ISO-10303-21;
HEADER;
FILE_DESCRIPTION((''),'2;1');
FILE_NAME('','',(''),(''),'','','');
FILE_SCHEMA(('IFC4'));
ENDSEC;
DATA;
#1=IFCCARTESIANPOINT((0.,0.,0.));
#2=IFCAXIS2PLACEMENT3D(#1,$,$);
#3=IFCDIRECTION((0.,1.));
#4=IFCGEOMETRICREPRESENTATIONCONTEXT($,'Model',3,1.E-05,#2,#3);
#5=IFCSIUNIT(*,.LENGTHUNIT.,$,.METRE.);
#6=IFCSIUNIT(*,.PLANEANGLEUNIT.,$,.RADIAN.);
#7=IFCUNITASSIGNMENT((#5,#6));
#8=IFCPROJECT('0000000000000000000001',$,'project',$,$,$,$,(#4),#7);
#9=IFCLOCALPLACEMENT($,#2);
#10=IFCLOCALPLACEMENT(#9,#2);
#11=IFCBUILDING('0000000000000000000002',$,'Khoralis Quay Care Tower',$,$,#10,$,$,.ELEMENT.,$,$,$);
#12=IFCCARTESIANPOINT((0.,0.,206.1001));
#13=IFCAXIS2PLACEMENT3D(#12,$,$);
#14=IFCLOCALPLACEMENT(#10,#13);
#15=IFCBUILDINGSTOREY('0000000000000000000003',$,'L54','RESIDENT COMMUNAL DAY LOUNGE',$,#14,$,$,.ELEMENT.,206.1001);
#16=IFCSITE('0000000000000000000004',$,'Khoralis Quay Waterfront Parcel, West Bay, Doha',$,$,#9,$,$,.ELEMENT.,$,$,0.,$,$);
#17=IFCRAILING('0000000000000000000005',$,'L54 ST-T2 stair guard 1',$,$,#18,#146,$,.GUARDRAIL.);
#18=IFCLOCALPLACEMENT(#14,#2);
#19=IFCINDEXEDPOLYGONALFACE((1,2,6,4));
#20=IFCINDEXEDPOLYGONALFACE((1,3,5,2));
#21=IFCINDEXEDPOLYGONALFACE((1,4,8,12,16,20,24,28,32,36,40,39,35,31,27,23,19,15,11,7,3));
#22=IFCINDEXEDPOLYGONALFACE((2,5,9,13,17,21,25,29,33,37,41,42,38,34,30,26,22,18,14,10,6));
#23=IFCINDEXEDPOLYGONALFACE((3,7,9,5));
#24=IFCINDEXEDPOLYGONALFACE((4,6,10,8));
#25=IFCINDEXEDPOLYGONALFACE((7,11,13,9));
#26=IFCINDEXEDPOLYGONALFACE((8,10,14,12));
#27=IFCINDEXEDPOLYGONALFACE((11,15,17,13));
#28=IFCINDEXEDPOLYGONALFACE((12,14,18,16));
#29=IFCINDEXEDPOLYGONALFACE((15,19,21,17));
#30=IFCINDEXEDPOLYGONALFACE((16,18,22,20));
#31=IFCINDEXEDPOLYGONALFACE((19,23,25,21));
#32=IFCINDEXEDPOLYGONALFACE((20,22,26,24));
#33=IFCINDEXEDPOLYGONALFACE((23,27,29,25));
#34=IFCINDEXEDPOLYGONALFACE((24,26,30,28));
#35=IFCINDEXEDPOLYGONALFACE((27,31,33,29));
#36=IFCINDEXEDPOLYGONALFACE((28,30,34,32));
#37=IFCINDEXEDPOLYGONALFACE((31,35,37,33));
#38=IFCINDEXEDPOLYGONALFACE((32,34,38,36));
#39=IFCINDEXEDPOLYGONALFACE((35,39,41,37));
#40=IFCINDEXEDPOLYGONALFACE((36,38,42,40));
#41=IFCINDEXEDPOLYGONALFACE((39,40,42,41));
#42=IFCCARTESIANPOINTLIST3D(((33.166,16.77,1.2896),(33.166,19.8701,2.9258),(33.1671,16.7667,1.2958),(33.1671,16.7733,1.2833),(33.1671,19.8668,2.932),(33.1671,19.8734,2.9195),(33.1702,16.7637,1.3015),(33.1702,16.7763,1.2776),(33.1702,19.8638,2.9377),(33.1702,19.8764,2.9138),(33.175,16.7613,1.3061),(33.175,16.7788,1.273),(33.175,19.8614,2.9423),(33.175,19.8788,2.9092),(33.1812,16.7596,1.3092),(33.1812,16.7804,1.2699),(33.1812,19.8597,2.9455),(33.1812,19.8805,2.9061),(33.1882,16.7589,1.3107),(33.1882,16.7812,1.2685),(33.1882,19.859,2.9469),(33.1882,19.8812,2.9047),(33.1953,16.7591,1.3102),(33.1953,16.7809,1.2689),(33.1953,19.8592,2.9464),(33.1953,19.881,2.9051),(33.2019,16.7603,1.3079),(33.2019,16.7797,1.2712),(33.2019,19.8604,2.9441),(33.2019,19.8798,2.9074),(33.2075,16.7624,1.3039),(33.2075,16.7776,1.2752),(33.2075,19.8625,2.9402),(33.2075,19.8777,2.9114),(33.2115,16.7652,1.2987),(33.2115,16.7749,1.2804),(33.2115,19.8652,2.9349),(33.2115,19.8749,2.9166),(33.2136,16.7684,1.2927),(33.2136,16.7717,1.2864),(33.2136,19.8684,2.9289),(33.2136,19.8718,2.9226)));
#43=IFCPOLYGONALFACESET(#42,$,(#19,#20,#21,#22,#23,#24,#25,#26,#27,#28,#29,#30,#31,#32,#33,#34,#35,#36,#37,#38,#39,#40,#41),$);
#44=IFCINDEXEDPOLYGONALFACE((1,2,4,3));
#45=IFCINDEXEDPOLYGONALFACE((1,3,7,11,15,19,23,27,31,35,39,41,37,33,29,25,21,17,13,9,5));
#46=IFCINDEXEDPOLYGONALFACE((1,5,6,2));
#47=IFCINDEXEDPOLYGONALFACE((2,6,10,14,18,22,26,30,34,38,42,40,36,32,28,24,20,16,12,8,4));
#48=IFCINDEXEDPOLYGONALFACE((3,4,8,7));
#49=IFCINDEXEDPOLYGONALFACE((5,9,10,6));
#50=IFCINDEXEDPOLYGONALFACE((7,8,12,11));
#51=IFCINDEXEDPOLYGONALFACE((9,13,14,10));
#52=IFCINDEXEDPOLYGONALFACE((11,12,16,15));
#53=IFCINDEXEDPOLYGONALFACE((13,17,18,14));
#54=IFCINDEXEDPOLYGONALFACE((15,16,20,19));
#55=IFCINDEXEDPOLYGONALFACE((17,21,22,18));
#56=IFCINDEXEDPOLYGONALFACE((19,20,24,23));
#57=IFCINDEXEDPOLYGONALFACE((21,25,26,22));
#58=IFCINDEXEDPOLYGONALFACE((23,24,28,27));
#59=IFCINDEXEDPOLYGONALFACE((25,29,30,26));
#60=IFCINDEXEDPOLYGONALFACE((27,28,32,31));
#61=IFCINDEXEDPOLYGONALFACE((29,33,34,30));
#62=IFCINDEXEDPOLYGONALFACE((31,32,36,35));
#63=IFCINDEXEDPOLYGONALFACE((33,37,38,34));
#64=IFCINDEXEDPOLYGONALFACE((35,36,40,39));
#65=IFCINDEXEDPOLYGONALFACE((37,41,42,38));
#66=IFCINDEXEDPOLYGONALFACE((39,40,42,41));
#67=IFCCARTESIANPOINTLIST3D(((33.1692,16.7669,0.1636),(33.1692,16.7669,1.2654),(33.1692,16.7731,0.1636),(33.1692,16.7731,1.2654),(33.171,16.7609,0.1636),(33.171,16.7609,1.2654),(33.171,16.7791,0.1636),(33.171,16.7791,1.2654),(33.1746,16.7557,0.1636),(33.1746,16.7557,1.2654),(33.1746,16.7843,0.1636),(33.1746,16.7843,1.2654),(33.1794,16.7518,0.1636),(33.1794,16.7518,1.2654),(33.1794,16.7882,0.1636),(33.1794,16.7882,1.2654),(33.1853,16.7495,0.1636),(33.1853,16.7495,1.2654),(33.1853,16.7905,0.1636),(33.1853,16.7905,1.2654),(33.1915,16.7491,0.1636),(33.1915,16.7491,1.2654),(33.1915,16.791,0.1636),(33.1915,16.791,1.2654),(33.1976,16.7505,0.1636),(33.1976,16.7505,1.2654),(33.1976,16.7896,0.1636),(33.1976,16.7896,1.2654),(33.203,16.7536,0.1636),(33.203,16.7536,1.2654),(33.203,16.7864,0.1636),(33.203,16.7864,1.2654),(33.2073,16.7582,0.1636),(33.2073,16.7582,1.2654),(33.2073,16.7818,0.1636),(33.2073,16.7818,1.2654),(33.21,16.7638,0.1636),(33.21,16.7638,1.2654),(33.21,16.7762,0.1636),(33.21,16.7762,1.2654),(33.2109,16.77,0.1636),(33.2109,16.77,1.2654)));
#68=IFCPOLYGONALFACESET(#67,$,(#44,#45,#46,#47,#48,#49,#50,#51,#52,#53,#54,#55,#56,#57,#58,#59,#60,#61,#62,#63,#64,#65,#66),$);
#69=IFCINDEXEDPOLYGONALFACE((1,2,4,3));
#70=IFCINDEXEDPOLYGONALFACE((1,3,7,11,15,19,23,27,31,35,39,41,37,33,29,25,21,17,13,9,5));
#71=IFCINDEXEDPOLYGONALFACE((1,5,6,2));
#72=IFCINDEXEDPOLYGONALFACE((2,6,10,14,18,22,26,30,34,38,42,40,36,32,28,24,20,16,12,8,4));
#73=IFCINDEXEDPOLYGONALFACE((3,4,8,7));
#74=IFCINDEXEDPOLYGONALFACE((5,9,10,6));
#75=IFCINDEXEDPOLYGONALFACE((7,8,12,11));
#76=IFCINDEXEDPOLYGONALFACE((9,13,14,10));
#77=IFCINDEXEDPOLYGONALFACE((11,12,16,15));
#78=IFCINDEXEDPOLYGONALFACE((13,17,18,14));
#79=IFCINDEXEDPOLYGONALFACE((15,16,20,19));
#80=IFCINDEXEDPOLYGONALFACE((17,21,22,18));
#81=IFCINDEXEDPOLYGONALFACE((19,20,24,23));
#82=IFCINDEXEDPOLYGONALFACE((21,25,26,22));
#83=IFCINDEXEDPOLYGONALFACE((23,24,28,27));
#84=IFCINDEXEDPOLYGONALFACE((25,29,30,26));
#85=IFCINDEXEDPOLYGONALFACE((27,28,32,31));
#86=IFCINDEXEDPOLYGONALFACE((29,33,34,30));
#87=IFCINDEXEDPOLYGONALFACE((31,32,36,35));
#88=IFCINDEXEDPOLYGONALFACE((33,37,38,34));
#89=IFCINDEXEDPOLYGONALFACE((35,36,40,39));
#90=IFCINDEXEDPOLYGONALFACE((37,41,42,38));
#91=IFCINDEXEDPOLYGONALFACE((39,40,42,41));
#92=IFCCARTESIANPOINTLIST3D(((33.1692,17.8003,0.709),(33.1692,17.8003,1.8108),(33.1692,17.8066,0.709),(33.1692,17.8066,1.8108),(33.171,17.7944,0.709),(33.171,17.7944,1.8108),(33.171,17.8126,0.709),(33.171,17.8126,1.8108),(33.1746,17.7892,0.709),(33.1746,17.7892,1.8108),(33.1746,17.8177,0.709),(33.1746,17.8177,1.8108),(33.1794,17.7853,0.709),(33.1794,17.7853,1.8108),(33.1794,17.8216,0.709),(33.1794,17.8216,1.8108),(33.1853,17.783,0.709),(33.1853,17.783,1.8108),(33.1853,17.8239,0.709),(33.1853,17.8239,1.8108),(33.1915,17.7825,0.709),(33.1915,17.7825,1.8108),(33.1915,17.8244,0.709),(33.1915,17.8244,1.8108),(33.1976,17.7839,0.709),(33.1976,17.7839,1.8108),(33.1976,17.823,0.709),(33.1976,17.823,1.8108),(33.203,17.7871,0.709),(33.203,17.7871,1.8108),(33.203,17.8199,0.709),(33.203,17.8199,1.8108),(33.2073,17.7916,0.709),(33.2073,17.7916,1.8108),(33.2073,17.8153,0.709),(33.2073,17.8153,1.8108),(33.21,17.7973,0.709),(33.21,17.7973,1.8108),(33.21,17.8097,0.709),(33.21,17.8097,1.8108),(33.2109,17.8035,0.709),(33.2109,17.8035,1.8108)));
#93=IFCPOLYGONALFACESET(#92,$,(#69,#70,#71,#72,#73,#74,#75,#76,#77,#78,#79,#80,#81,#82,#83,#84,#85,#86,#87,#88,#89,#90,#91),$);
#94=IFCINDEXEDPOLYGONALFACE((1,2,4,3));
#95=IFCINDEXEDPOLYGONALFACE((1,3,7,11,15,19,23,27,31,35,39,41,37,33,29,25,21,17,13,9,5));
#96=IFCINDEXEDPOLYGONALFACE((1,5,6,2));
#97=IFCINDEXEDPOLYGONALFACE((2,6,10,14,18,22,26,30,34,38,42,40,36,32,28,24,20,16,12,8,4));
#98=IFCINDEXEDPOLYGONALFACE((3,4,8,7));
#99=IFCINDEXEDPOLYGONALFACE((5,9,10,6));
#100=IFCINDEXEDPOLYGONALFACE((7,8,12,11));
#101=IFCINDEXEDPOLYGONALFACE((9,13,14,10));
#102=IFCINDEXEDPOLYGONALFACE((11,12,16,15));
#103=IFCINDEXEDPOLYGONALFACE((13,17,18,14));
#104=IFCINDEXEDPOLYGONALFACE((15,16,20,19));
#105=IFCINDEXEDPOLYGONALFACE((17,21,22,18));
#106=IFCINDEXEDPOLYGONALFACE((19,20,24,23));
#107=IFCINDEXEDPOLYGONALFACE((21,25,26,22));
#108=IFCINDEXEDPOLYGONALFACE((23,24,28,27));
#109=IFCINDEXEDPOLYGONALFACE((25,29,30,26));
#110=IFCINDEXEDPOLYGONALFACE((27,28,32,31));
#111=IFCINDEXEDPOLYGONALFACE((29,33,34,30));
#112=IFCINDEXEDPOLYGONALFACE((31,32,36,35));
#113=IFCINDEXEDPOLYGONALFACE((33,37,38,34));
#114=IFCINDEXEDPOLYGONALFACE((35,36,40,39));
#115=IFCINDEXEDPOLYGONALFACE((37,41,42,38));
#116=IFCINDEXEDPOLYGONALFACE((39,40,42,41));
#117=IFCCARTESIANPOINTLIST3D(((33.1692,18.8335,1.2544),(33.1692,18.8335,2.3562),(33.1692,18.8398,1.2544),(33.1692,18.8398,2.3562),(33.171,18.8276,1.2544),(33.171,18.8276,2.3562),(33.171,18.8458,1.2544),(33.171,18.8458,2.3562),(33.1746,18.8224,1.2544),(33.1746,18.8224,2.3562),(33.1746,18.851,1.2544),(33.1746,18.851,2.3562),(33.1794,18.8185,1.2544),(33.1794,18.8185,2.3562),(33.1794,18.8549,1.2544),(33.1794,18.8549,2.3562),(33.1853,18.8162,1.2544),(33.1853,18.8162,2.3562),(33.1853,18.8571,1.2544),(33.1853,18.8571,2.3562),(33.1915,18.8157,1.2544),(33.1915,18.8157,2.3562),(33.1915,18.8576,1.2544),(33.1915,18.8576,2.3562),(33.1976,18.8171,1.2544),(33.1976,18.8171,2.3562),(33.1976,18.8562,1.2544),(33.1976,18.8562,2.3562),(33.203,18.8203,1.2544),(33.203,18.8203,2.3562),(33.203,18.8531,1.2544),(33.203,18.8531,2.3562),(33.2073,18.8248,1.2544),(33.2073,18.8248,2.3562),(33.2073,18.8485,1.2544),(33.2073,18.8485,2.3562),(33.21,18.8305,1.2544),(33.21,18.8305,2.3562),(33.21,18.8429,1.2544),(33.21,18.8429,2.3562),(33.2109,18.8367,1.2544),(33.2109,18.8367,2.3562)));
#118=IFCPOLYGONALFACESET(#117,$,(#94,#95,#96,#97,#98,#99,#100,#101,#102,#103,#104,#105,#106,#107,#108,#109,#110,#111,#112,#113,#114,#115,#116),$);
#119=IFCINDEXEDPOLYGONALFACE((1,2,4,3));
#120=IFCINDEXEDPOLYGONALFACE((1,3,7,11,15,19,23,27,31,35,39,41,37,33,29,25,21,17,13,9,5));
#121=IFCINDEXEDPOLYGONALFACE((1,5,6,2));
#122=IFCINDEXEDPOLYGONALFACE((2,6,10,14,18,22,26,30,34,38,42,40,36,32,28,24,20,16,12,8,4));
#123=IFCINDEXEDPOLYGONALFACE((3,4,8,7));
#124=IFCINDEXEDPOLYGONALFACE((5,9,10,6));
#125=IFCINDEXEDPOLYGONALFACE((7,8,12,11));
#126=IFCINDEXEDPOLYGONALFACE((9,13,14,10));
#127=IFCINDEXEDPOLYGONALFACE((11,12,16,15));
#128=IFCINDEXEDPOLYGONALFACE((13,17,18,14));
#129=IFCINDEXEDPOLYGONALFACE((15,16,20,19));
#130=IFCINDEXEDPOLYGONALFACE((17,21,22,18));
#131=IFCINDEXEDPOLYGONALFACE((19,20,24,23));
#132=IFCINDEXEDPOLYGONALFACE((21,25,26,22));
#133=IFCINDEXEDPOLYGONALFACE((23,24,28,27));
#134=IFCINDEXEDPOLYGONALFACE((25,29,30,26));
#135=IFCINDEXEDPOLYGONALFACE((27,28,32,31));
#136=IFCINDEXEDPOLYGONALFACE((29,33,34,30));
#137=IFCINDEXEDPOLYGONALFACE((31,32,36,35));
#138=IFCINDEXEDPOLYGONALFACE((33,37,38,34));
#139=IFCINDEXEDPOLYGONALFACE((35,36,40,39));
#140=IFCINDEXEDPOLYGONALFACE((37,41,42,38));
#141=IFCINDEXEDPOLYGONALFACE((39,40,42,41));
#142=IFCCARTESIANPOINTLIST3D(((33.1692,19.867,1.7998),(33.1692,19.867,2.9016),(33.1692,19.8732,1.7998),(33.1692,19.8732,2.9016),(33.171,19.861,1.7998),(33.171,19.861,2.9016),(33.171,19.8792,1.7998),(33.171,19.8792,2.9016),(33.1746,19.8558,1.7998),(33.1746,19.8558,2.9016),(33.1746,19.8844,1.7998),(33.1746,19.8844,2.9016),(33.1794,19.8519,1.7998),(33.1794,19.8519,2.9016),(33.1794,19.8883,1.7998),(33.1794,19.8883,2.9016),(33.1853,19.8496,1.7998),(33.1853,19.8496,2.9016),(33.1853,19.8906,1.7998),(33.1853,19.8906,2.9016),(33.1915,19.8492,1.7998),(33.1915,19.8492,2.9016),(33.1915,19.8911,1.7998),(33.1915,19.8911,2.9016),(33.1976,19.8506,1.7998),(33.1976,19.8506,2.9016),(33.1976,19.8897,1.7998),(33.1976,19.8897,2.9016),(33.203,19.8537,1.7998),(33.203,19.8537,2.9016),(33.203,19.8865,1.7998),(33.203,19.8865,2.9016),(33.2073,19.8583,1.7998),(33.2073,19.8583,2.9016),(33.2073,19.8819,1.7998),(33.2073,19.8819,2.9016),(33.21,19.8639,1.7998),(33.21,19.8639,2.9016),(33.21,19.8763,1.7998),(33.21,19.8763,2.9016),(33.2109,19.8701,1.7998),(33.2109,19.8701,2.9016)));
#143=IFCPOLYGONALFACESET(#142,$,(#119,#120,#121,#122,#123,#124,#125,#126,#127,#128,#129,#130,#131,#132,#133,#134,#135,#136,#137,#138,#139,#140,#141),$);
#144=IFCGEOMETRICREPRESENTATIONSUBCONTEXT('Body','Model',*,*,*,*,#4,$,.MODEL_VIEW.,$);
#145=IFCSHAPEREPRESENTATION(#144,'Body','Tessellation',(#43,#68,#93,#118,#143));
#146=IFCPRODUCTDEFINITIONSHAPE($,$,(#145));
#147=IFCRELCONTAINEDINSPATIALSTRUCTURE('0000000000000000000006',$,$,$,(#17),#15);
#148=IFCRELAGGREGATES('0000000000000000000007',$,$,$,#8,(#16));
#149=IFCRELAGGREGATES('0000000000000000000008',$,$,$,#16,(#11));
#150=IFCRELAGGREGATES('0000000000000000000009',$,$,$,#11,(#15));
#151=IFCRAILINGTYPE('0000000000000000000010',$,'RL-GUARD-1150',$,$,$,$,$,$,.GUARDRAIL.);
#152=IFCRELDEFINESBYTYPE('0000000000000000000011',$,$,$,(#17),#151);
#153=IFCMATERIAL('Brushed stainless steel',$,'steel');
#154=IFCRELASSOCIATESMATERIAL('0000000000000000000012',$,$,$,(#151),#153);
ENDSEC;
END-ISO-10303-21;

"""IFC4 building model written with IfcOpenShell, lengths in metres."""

from ifc_helpers import new_model, si_unit, direction, frame, origin, origin_2d, place, context, subcontext, project, spatial, circle, extrude, material, type_object, element, save


model = new_model("IFC4")

# Units and contexts
model_context = context("Model", 3, precision=1e-05, world=origin(), true_north=direction((0.0, 1.0)))
body_context = subcontext(model_context, "Body", "Model", "MODEL_VIEW")
ifc_project = project(units=[si_unit("LENGTHUNIT", "METRE"), si_unit("PLANEANGLEUNIT", "RADIAN")], contexts=[model_context])

# Site, building, storey
site_placement = place(None, origin())
site = spatial("IfcSite", under=ifc_project, at=site_placement, Name="Khoralis Quay Waterfront Parcel, West Bay, Doha", CompositionType="ELEMENT", RefElevation=0.0)
building_placement = place(site_placement, origin())
building = spatial("IfcBuilding", under=site, at=building_placement, Name="Khoralis Quay Care Tower", CompositionType="ELEMENT")
storey_placement = place(building_placement, frame((0.0, 0.0, 206.1001)))
storey = spatial("IfcBuildingStorey", under=building, at=storey_placement, Name="L54", Description="RESIDENT COMMUNAL DAY LOUNGE", CompositionType="ELEMENT", Elevation=206.1001)

# Shared definitions
ifc_material_1 = material(Name="Brushed stainless steel", Category="steel")

# Railing
railing_type_1 = type_object("IfcRailingType", Name="RL-GUARD-1150", PredefinedType="GUARDRAIL", material=ifc_material_1)
railing_1_placement = place(storey_placement, frame((33.1899, 16.77, 0.1636)))
element("IfcRailing", 1, at=railing_1_placement, inside=storey, type_object=railing_type_1, Name="L54 ST-T2 stair guard 1", PredefinedType="GUARDRAIL", context=body_context, shape_type="SweptSolid", body=[
    extrude(circle(Radius=0.0239, at=origin_2d()), frame((0.0, 0.0, 1.126), z_axis=(0.0, 0.884377, 0.466774), x_axis=(-1.0, 0.0, 0.0)), (0.0, 0.0, 1.0), 3.5054),
    extrude(circle(Radius=0.021, at=origin_2d()), origin(), (0.0, 0.0, 1.0), 1.1018),
    extrude(circle(Radius=0.021, at=origin_2d()), frame((0.0, 1.0334, 0.5454)), (0.0, 0.0, 1.0), 1.1018),
    extrude(circle(Radius=0.021, at=origin_2d()), frame((0.0, 2.0667, 1.0908)), (0.0, 0.0, 1.0), 1.1018),
    extrude(circle(Radius=0.021, at=origin_2d()), frame((0.0, 3.1001, 1.6362)), (0.0, 0.0, 1.0), 1.1018),
])

save(model, "model.ifc")
